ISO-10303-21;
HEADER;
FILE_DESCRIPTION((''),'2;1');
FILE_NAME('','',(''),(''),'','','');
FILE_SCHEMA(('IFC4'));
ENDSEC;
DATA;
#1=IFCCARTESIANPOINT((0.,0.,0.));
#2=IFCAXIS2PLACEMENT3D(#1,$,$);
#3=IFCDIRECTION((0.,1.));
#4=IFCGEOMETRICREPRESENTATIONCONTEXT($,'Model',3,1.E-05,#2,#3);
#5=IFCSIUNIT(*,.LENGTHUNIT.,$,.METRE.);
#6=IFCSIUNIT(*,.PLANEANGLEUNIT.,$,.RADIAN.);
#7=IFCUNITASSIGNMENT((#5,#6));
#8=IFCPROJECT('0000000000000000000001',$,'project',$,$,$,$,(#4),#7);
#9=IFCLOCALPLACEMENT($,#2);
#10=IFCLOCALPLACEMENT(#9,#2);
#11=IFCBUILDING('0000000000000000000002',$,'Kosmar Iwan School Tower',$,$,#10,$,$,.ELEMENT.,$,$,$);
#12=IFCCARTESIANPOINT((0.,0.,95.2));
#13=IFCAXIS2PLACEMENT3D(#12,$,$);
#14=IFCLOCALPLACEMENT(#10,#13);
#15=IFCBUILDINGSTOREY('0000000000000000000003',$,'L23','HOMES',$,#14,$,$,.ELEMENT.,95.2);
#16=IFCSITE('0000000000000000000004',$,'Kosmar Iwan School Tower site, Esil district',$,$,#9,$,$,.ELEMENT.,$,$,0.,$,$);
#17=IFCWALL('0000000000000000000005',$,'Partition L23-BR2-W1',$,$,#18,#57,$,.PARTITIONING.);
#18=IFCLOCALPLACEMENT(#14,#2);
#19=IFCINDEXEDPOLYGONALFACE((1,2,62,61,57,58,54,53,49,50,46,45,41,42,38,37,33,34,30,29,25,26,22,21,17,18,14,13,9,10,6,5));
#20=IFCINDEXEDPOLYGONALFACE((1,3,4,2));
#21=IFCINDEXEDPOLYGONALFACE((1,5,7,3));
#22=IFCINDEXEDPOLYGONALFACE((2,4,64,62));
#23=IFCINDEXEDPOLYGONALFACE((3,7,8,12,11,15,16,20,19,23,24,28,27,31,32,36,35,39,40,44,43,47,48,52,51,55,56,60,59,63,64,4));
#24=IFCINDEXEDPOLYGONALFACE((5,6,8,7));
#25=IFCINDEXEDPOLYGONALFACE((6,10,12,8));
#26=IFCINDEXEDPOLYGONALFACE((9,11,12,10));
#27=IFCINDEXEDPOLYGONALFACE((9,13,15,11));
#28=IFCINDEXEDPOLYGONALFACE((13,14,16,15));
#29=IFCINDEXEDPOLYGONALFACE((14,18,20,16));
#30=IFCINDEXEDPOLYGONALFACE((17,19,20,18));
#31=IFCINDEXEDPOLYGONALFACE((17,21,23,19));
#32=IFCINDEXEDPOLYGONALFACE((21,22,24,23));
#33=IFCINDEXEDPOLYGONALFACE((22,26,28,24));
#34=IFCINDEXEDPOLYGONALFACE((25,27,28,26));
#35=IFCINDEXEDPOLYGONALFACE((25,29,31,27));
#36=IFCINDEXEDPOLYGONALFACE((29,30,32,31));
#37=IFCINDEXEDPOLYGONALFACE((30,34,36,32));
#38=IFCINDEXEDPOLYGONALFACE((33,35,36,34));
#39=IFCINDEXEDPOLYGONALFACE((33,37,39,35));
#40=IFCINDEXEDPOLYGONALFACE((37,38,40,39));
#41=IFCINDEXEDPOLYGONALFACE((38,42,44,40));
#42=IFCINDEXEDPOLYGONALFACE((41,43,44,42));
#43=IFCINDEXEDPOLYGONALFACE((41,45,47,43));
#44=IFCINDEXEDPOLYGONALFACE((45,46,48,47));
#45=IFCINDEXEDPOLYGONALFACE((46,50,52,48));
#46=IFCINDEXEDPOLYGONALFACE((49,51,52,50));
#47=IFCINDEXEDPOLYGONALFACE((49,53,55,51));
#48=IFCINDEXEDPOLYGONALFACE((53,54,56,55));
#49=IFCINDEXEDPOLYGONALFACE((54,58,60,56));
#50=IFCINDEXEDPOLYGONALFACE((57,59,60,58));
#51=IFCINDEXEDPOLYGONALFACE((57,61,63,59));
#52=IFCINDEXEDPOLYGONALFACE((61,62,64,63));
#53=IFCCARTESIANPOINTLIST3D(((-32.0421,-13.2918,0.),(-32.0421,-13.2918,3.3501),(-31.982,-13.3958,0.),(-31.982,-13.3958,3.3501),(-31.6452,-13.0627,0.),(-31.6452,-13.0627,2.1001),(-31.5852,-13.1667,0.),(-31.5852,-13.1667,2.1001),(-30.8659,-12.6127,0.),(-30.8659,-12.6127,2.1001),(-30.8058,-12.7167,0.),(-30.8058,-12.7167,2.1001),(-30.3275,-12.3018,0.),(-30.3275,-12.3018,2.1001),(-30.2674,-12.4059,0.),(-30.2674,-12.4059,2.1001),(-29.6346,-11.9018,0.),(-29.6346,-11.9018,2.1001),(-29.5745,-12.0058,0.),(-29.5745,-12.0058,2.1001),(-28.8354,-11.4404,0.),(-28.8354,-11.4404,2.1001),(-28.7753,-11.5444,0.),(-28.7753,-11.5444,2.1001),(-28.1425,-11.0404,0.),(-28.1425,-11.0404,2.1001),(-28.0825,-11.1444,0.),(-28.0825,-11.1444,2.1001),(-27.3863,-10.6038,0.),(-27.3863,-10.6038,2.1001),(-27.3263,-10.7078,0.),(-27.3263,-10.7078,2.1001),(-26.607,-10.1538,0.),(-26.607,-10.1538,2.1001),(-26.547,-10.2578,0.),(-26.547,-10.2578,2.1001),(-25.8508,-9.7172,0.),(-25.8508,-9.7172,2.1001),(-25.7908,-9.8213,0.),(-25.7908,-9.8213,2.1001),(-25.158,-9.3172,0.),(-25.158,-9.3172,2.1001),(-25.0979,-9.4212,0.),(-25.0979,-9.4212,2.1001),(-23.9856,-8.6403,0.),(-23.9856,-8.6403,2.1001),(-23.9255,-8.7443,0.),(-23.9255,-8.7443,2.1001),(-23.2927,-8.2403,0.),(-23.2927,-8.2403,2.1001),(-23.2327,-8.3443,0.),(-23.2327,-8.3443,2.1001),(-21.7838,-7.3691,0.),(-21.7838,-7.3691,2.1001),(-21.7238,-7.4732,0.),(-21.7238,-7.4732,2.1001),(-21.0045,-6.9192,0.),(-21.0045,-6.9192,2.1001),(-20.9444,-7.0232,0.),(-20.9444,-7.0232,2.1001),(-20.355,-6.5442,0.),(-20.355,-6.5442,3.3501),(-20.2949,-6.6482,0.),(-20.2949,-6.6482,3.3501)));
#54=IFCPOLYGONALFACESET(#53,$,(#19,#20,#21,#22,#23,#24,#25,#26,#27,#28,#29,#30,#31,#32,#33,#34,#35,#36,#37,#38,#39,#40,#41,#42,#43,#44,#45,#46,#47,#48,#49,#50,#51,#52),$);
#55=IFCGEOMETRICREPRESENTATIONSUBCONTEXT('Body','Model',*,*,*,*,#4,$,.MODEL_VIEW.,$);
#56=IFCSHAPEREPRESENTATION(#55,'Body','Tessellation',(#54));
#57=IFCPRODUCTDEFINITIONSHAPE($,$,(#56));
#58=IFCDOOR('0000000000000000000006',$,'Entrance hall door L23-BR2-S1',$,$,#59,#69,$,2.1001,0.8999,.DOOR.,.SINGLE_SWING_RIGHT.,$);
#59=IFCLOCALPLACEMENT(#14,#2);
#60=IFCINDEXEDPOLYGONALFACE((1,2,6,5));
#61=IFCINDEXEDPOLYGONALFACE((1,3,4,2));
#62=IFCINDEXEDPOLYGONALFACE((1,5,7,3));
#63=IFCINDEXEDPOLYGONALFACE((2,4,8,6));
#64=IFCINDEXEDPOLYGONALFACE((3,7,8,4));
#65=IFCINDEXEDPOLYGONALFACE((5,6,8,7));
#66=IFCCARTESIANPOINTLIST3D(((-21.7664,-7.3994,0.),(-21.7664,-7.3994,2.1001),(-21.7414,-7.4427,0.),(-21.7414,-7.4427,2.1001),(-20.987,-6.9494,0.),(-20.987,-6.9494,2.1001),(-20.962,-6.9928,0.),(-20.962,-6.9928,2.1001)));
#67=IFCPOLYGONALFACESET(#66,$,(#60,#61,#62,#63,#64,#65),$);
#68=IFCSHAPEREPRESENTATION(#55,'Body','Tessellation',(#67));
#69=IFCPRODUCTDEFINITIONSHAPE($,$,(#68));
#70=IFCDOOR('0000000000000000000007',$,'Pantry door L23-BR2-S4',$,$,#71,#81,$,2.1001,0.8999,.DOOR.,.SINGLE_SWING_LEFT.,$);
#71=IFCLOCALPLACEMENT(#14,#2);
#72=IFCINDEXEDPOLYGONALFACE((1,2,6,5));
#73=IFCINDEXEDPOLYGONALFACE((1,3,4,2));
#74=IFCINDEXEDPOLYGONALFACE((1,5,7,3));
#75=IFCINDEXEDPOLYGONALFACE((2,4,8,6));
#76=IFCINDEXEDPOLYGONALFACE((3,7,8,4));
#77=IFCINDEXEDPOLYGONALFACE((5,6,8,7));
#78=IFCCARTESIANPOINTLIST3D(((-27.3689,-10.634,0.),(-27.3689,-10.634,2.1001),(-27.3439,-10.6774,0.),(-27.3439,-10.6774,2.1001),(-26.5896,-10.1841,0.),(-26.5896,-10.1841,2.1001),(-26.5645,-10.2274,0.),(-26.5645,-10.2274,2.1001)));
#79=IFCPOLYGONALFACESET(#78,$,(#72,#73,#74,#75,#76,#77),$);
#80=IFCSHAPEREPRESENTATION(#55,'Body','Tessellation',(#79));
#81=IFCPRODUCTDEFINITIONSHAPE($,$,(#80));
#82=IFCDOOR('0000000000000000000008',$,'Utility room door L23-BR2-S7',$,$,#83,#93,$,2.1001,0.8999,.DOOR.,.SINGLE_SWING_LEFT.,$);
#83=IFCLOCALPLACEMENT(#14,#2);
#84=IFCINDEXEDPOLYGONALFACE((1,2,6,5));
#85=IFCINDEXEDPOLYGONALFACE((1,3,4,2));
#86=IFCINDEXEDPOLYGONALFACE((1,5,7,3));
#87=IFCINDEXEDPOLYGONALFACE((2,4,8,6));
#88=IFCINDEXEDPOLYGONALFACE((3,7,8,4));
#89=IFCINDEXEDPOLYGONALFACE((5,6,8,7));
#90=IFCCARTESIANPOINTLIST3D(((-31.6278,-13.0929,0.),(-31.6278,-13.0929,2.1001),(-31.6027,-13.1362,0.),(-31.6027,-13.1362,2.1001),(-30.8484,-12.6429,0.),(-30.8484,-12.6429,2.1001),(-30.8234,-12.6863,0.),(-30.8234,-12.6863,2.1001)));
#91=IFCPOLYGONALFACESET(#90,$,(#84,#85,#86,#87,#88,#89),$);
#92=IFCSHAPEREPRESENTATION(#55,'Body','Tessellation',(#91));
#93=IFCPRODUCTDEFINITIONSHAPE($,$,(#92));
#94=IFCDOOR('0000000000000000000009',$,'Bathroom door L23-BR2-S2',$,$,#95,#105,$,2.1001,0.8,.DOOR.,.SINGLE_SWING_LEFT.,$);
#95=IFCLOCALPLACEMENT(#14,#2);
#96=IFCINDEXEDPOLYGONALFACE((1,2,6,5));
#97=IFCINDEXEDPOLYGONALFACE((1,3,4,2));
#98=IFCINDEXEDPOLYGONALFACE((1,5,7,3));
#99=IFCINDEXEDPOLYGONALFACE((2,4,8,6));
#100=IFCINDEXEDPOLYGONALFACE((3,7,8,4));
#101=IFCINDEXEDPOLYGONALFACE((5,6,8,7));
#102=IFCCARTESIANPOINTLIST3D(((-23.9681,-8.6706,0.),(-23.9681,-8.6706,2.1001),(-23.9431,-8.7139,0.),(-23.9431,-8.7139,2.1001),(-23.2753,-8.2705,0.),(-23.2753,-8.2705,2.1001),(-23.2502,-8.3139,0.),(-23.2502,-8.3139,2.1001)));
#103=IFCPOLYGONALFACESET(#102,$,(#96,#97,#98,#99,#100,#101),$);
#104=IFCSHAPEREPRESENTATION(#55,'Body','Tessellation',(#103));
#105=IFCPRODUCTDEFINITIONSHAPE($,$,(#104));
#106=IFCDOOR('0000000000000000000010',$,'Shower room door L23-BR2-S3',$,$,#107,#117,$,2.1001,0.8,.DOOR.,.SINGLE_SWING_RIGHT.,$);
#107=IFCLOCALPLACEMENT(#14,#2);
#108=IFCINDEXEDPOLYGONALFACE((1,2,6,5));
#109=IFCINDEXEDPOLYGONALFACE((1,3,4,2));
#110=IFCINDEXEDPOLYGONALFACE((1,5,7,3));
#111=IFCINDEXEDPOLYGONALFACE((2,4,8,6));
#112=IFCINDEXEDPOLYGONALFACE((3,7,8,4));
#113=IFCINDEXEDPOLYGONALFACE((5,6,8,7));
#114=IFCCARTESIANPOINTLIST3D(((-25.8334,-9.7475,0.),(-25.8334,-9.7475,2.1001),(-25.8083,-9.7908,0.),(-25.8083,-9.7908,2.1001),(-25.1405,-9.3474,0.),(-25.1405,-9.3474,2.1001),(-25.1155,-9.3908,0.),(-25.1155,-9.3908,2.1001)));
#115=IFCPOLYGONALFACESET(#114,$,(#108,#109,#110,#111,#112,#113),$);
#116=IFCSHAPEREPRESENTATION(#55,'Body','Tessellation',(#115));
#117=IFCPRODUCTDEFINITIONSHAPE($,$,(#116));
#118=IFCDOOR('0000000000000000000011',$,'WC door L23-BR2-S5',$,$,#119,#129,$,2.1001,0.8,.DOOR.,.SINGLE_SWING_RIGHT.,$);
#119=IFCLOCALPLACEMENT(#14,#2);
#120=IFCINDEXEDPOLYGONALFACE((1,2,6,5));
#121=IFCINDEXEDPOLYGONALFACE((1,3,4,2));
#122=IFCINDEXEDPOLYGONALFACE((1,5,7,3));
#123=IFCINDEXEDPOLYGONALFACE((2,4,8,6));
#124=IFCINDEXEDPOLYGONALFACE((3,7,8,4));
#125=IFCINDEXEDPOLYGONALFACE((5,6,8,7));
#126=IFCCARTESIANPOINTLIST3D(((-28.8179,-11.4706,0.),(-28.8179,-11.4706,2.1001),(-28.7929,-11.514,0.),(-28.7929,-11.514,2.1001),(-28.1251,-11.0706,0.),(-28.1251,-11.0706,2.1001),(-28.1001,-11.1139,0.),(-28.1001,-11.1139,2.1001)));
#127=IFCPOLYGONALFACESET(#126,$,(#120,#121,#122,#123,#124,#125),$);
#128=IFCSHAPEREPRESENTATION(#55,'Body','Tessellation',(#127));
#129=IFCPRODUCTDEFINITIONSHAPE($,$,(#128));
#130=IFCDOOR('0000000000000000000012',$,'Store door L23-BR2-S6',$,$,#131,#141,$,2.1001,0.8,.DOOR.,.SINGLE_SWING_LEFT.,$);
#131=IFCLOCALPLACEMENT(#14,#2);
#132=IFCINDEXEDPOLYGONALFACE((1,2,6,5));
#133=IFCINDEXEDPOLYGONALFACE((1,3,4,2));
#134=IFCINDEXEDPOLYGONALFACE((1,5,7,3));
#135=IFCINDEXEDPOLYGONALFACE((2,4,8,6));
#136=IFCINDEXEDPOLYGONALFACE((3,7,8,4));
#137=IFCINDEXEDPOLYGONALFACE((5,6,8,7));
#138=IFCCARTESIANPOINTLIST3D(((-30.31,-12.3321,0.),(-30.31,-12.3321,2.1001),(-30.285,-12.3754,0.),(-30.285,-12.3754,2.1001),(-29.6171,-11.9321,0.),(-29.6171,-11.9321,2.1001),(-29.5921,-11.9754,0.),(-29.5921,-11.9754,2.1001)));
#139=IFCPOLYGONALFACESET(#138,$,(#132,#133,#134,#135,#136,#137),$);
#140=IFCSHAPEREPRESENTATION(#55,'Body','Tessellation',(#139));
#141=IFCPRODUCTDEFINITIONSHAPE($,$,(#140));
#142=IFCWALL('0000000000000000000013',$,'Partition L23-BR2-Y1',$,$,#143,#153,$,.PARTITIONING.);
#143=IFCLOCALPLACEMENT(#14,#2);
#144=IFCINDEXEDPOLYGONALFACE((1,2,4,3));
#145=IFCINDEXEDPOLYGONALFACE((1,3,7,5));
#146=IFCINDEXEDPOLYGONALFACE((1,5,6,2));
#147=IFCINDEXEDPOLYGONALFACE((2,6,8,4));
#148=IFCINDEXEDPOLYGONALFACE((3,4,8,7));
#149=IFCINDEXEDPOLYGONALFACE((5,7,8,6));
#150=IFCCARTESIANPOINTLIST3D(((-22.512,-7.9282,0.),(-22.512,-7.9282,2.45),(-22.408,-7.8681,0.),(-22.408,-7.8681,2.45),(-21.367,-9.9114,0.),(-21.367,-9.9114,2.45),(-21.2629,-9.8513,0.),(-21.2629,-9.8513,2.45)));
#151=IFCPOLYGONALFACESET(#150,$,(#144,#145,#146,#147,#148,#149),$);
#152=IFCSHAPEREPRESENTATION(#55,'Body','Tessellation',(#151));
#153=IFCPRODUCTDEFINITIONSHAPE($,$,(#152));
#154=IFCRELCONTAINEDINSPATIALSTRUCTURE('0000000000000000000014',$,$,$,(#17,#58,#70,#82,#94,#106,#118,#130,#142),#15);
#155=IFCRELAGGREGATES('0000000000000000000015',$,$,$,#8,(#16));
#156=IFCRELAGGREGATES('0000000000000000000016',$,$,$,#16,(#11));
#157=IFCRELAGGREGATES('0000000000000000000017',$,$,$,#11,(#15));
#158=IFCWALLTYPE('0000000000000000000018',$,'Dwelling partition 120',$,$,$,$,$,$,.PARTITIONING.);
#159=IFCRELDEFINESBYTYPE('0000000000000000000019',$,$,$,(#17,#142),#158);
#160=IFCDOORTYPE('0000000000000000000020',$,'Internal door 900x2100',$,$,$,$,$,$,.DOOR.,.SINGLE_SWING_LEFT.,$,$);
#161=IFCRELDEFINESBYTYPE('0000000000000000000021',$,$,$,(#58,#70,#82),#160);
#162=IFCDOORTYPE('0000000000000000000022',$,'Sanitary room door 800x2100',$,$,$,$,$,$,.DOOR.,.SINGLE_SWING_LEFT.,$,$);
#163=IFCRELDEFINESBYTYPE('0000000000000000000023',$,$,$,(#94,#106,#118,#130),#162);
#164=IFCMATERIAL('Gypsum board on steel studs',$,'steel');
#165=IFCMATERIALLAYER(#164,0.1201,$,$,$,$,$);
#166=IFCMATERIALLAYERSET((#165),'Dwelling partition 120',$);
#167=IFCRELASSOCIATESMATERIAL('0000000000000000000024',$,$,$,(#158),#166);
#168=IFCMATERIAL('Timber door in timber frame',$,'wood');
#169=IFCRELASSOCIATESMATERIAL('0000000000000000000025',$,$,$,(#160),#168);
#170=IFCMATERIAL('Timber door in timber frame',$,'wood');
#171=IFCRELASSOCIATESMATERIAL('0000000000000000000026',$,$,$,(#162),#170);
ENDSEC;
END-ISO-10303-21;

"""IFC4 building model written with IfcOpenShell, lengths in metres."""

from ifc_helpers import new_model, si_unit, direction, frame, frame_2d, origin, place, context, subcontext, project, spatial, rectangle, extrude, material, layer, layer_set, type_object, element, fill, save


model = new_model("IFC4")

# Units and contexts
model_context = context("Model", 3, precision=1e-05, world=origin(), true_north=direction((0.0, 1.0)))
body_context = subcontext(model_context, "Body", "Model", "MODEL_VIEW")
ifc_project = project(units=[si_unit("LENGTHUNIT", "METRE"), si_unit("PLANEANGLEUNIT", "RADIAN")], contexts=[model_context])

# Site, building, storey
site_placement = place(None, origin())
site = spatial("IfcSite", under=ifc_project, at=site_placement, Name="Kosmar Iwan School Tower site, Esil district", CompositionType="ELEMENT", RefElevation=0.0)
building_placement = place(site_placement, origin())
building = spatial("IfcBuilding", under=site, at=building_placement, Name="Kosmar Iwan School Tower", CompositionType="ELEMENT")
storey_placement = place(building_placement, frame((0.0, 0.0, 95.2)))
storey = spatial("IfcBuildingStorey", under=building, at=storey_placement, Name="L23", Description="HOMES", CompositionType="ELEMENT", Elevation=95.2)

# Shared definitions
ifc_material_1 = material(Name="Gypsum board on steel studs", Category="steel")
ifc_layer_1 = layer(ifc_material_1, 0.1201)
ifc_layer_set_1 = layer_set([ifc_layer_1], Name="Dwelling partition 120")
wall_type_1 = type_object("IfcWallType", Name="Dwelling partition 120", PredefinedType="PARTITIONING", material=ifc_layer_set_1)

# Wall, openings, doors
wall_1_placement = place(storey_placement, frame((-20.325, -6.5962, 0.0), z_axis=(0.0, 0.0, 1.0), x_axis=(-0.866024, -0.500003, 0.0)))
wall_1 = element("IfcWall", 1, at=wall_1_placement, inside=storey, type_object=wall_type_1, Name="Partition L23-BR2-W1", PredefinedType="PARTITIONING", context=body_context, shape_type="SweptSolid", body=[
    extrude(rectangle(XDim=13.4951, YDim=0.1201, at=frame_2d((6.7476, 0.0))), origin(), (0.0, 0.0, 1.0), 3.3501),
])
opening_1_placement = place(wall_1_placement, frame((0.75, 0.0, 0.0)))
opening_1 = element("IfcOpeningElement", 2, at=opening_1_placement, cuts=wall_1, PredefinedType="OPENING", context=body_context, shape_type="SweptSolid", body=[
    extrude(rectangle(XDim=0.8999, YDim=2.1001, at=frame_2d((0.45, 1.05))), frame((0.0, 0.072, 0.0), z_axis=(0.0, -1.0, 0.0), x_axis=(1.0, 0.0, 0.0)), (0.0, 0.0, 1.0), 0.144),
])
opening_2_placement = place(wall_1_placement, frame((3.3923, 0.0, 0.0)))
opening_2 = element("IfcOpeningElement", 3, at=opening_2_placement, cuts=wall_1, PredefinedType="OPENING", context=body_context, shape_type="SweptSolid", body=[
    extrude(rectangle(XDim=0.8, YDim=2.1001, at=frame_2d((0.3999, 1.05))), frame((0.0, 0.072, 0.0), z_axis=(0.0, -1.0, 0.0), x_axis=(1.0, 0.0, 0.0)), (0.0, 0.0, 1.0), 0.144),
])
opening_3_placement = place(wall_1_placement, frame((5.5461, 0.0, 0.0)))
opening_3 = element("IfcOpeningElement", 4, at=opening_3_placement, cuts=wall_1, PredefinedType="OPENING", context=body_context, shape_type="SweptSolid", body=[
    extrude(rectangle(XDim=0.8, YDim=2.1001, at=frame_2d((0.3999, 1.05))), frame((0.0, 0.072, 0.0), z_axis=(0.0, -1.0, 0.0), x_axis=(1.0, 0.0, 0.0)), (0.0, 0.0, 1.0), 0.144),
])
opening_4_placement = place(wall_1_placement, frame((7.2192, 0.0, 0.0)))
opening_4 = element("IfcOpeningElement", 5, at=opening_4_placement, cuts=wall_1, PredefinedType="OPENING", context=body_context, shape_type="SweptSolid", body=[
    extrude(rectangle(XDim=0.8999, YDim=2.1001, at=frame_2d((0.45, 1.05))), frame((0.0, 0.072, 0.0), z_axis=(0.0, -1.0, 0.0), x_axis=(1.0, 0.0, 0.0)), (0.0, 0.0, 1.0), 0.144),
])
opening_5_placement = place(wall_1_placement, frame((8.9924, 0.0, 0.0)))
opening_5 = element("IfcOpeningElement", 6, at=opening_5_placement, cuts=wall_1, PredefinedType="OPENING", context=body_context, shape_type="SweptSolid", body=[
    extrude(rectangle(XDim=0.8, YDim=2.1001, at=frame_2d((0.3999, 1.05))), frame((0.0, 0.072, 0.0), z_axis=(0.0, -1.0, 0.0), x_axis=(1.0, 0.0, 0.0)), (0.0, 0.0, 1.0), 0.144),
])
opening_6_placement = place(wall_1_placement, frame((10.7153, 0.0, 0.0)))
opening_6 = element("IfcOpeningElement", 7, at=opening_6_placement, cuts=wall_1, PredefinedType="OPENING", context=body_context, shape_type="SweptSolid", body=[
    extrude(rectangle(XDim=0.8, YDim=2.1001, at=frame_2d((0.3999, 1.05))), frame((0.0, 0.072, 0.0), z_axis=(0.0, -1.0, 0.0), x_axis=(1.0, 0.0, 0.0)), (0.0, 0.0, 1.0), 0.144),
])
opening_7_placement = place(wall_1_placement, frame((12.137, 0.0, 0.0)))
opening_7 = element("IfcOpeningElement", 8, at=opening_7_placement, cuts=wall_1, PredefinedType="OPENING", context=body_context, shape_type="SweptSolid", body=[
    extrude(rectangle(XDim=0.8999, YDim=2.1001, at=frame_2d((0.45, 1.05))), frame((0.0, 0.072, 0.0), z_axis=(0.0, -1.0, 0.0), x_axis=(1.0, 0.0, 0.0)), (0.0, 0.0, 1.0), 0.144),
])
ifc_material_2 = material(Name="Timber door in timber frame", Category="wood")
door_type_1 = type_object("IfcDoorType", Name="Internal door 900x2100", OperationType="SINGLE_SWING_LEFT", PredefinedType="DOOR", material=ifc_material_2)
door_1_placement = place(opening_1_placement, origin())
door_1 = element("IfcDoor", 9, at=door_1_placement, inside=storey, type_object=door_type_1, Name="Entrance hall door L23-BR2-S1", OperationType="SINGLE_SWING_RIGHT", OverallHeight=2.1001, OverallWidth=0.8999, PredefinedType="DOOR", context=body_context, shape_type="SweptSolid", body=[
    extrude(rectangle(XDim=0.8999, YDim=2.1001, at=frame_2d((0.45, 1.05))), frame((0.0, 0.0249, 0.0), z_axis=(0.0, -1.0, 0.0), x_axis=(1.0, 0.0, 0.0)), (0.0, 0.0, 1.0), 0.05),
])
fill(opening_1, door_1)
door_2_placement = place(opening_4_placement, origin())
door_2 = element("IfcDoor", 10, at=door_2_placement, inside=storey, type_object=door_type_1, Name="Pantry door L23-BR2-S4", OperationType="SINGLE_SWING_LEFT", OverallHeight=2.1001, OverallWidth=0.8999, PredefinedType="DOOR", context=body_context, shape_type="SweptSolid", body=[
    extrude(rectangle(XDim=0.8999, YDim=2.1001, at=frame_2d((0.45, 1.05))), frame((0.0, 0.0249, 0.0), z_axis=(0.0, -1.0, 0.0), x_axis=(1.0, 0.0, 0.0)), (0.0, 0.0, 1.0), 0.05),
])
fill(opening_4, door_2)
door_3_placement = place(opening_7_placement, origin())
door_3 = element("IfcDoor", 11, at=door_3_placement, inside=storey, type_object=door_type_1, Name="Utility room door L23-BR2-S7", OperationType="SINGLE_SWING_LEFT", OverallHeight=2.1001, OverallWidth=0.8999, PredefinedType="DOOR", context=body_context, shape_type="SweptSolid", body=[
    extrude(rectangle(XDim=0.8999, YDim=2.1001, at=frame_2d((0.45, 1.05))), frame((0.0, 0.0249, 0.0), z_axis=(0.0, -1.0, 0.0), x_axis=(1.0, 0.0, 0.0)), (0.0, 0.0, 1.0), 0.05),
])
fill(opening_7, door_3)
ifc_material_3 = material(Name="Timber door in timber frame", Category="wood")
door_type_2 = type_object("IfcDoorType", Name="Sanitary room door 800x2100", OperationType="SINGLE_SWING_LEFT", PredefinedType="DOOR", material=ifc_material_3)
door_4_placement = place(opening_2_placement, origin())
door_4 = element("IfcDoor", 12, at=door_4_placement, inside=storey, type_object=door_type_2, Name="Bathroom door L23-BR2-S2", OperationType="SINGLE_SWING_LEFT", OverallHeight=2.1001, OverallWidth=0.8, PredefinedType="DOOR", context=body_context, shape_type="SweptSolid", body=[
    extrude(rectangle(XDim=0.8, YDim=2.1001, at=frame_2d((0.3999, 1.05))), frame((0.0, 0.0249, 0.0), z_axis=(0.0, -1.0, 0.0), x_axis=(1.0, 0.0, 0.0)), (0.0, 0.0, 1.0), 0.05),
])
fill(opening_2, door_4)
door_5_placement = place(opening_3_placement, origin())
door_5 = element("IfcDoor", 13, at=door_5_placement, inside=storey, type_object=door_type_2, Name="Shower room door L23-BR2-S3", OperationType="SINGLE_SWING_RIGHT", OverallHeight=2.1001, OverallWidth=0.8, PredefinedType="DOOR", context=body_context, shape_type="SweptSolid", body=[
    extrude(rectangle(XDim=0.8, YDim=2.1001, at=frame_2d((0.3999, 1.05))), frame((0.0, 0.0249, 0.0), z_axis=(0.0, -1.0, 0.0), x_axis=(1.0, 0.0, 0.0)), (0.0, 0.0, 1.0), 0.05),
])
fill(opening_3, door_5)
door_6_placement = place(opening_5_placement, origin())
door_6 = element("IfcDoor", 14, at=door_6_placement, inside=storey, type_object=door_type_2, Name="WC door L23-BR2-S5", OperationType="SINGLE_SWING_RIGHT", OverallHeight=2.1001, OverallWidth=0.8, PredefinedType="DOOR", context=body_context, shape_type="SweptSolid", body=[
    extrude(rectangle(XDim=0.8, YDim=2.1001, at=frame_2d((0.3999, 1.05))), frame((0.0, 0.0249, 0.0), z_axis=(0.0, -1.0, 0.0), x_axis=(1.0, 0.0, 0.0)), (0.0, 0.0, 1.0), 0.05),
])
fill(opening_5, door_6)
door_7_placement = place(opening_6_placement, origin())
door_7 = element("IfcDoor", 15, at=door_7_placement, inside=storey, type_object=door_type_2, Name="Store door L23-BR2-S6", OperationType="SINGLE_SWING_LEFT", OverallHeight=2.1001, OverallWidth=0.8, PredefinedType="DOOR", context=body_context, shape_type="SweptSolid", body=[
    extrude(rectangle(XDim=0.8, YDim=2.1001, at=frame_2d((0.3999, 1.05))), frame((0.0, 0.0249, 0.0), z_axis=(0.0, -1.0, 0.0), x_axis=(1.0, 0.0, 0.0)), (0.0, 0.0, 1.0), 0.05),
])
fill(opening_6, door_7)

# Wall
wall_2_placement = place(storey_placement, frame((-21.3149, -9.8813, 0.0), z_axis=(0.0, 0.0, 1.0), x_axis=(-0.500015, 0.866017, 0.0)))
element("IfcWall", 16, at=wall_2_placement, inside=storey, type_object=wall_type_1, Name="Partition L23-BR2-Y1", PredefinedType="PARTITIONING", context=body_context, shape_type="SweptSolid", body=[
    extrude(rectangle(XDim=2.29, YDim=0.1201, at=frame_2d((1.145, 0.0))), origin(), (0.0, 0.0, 1.0), 2.45),
])

save(model, "model.ifc")
